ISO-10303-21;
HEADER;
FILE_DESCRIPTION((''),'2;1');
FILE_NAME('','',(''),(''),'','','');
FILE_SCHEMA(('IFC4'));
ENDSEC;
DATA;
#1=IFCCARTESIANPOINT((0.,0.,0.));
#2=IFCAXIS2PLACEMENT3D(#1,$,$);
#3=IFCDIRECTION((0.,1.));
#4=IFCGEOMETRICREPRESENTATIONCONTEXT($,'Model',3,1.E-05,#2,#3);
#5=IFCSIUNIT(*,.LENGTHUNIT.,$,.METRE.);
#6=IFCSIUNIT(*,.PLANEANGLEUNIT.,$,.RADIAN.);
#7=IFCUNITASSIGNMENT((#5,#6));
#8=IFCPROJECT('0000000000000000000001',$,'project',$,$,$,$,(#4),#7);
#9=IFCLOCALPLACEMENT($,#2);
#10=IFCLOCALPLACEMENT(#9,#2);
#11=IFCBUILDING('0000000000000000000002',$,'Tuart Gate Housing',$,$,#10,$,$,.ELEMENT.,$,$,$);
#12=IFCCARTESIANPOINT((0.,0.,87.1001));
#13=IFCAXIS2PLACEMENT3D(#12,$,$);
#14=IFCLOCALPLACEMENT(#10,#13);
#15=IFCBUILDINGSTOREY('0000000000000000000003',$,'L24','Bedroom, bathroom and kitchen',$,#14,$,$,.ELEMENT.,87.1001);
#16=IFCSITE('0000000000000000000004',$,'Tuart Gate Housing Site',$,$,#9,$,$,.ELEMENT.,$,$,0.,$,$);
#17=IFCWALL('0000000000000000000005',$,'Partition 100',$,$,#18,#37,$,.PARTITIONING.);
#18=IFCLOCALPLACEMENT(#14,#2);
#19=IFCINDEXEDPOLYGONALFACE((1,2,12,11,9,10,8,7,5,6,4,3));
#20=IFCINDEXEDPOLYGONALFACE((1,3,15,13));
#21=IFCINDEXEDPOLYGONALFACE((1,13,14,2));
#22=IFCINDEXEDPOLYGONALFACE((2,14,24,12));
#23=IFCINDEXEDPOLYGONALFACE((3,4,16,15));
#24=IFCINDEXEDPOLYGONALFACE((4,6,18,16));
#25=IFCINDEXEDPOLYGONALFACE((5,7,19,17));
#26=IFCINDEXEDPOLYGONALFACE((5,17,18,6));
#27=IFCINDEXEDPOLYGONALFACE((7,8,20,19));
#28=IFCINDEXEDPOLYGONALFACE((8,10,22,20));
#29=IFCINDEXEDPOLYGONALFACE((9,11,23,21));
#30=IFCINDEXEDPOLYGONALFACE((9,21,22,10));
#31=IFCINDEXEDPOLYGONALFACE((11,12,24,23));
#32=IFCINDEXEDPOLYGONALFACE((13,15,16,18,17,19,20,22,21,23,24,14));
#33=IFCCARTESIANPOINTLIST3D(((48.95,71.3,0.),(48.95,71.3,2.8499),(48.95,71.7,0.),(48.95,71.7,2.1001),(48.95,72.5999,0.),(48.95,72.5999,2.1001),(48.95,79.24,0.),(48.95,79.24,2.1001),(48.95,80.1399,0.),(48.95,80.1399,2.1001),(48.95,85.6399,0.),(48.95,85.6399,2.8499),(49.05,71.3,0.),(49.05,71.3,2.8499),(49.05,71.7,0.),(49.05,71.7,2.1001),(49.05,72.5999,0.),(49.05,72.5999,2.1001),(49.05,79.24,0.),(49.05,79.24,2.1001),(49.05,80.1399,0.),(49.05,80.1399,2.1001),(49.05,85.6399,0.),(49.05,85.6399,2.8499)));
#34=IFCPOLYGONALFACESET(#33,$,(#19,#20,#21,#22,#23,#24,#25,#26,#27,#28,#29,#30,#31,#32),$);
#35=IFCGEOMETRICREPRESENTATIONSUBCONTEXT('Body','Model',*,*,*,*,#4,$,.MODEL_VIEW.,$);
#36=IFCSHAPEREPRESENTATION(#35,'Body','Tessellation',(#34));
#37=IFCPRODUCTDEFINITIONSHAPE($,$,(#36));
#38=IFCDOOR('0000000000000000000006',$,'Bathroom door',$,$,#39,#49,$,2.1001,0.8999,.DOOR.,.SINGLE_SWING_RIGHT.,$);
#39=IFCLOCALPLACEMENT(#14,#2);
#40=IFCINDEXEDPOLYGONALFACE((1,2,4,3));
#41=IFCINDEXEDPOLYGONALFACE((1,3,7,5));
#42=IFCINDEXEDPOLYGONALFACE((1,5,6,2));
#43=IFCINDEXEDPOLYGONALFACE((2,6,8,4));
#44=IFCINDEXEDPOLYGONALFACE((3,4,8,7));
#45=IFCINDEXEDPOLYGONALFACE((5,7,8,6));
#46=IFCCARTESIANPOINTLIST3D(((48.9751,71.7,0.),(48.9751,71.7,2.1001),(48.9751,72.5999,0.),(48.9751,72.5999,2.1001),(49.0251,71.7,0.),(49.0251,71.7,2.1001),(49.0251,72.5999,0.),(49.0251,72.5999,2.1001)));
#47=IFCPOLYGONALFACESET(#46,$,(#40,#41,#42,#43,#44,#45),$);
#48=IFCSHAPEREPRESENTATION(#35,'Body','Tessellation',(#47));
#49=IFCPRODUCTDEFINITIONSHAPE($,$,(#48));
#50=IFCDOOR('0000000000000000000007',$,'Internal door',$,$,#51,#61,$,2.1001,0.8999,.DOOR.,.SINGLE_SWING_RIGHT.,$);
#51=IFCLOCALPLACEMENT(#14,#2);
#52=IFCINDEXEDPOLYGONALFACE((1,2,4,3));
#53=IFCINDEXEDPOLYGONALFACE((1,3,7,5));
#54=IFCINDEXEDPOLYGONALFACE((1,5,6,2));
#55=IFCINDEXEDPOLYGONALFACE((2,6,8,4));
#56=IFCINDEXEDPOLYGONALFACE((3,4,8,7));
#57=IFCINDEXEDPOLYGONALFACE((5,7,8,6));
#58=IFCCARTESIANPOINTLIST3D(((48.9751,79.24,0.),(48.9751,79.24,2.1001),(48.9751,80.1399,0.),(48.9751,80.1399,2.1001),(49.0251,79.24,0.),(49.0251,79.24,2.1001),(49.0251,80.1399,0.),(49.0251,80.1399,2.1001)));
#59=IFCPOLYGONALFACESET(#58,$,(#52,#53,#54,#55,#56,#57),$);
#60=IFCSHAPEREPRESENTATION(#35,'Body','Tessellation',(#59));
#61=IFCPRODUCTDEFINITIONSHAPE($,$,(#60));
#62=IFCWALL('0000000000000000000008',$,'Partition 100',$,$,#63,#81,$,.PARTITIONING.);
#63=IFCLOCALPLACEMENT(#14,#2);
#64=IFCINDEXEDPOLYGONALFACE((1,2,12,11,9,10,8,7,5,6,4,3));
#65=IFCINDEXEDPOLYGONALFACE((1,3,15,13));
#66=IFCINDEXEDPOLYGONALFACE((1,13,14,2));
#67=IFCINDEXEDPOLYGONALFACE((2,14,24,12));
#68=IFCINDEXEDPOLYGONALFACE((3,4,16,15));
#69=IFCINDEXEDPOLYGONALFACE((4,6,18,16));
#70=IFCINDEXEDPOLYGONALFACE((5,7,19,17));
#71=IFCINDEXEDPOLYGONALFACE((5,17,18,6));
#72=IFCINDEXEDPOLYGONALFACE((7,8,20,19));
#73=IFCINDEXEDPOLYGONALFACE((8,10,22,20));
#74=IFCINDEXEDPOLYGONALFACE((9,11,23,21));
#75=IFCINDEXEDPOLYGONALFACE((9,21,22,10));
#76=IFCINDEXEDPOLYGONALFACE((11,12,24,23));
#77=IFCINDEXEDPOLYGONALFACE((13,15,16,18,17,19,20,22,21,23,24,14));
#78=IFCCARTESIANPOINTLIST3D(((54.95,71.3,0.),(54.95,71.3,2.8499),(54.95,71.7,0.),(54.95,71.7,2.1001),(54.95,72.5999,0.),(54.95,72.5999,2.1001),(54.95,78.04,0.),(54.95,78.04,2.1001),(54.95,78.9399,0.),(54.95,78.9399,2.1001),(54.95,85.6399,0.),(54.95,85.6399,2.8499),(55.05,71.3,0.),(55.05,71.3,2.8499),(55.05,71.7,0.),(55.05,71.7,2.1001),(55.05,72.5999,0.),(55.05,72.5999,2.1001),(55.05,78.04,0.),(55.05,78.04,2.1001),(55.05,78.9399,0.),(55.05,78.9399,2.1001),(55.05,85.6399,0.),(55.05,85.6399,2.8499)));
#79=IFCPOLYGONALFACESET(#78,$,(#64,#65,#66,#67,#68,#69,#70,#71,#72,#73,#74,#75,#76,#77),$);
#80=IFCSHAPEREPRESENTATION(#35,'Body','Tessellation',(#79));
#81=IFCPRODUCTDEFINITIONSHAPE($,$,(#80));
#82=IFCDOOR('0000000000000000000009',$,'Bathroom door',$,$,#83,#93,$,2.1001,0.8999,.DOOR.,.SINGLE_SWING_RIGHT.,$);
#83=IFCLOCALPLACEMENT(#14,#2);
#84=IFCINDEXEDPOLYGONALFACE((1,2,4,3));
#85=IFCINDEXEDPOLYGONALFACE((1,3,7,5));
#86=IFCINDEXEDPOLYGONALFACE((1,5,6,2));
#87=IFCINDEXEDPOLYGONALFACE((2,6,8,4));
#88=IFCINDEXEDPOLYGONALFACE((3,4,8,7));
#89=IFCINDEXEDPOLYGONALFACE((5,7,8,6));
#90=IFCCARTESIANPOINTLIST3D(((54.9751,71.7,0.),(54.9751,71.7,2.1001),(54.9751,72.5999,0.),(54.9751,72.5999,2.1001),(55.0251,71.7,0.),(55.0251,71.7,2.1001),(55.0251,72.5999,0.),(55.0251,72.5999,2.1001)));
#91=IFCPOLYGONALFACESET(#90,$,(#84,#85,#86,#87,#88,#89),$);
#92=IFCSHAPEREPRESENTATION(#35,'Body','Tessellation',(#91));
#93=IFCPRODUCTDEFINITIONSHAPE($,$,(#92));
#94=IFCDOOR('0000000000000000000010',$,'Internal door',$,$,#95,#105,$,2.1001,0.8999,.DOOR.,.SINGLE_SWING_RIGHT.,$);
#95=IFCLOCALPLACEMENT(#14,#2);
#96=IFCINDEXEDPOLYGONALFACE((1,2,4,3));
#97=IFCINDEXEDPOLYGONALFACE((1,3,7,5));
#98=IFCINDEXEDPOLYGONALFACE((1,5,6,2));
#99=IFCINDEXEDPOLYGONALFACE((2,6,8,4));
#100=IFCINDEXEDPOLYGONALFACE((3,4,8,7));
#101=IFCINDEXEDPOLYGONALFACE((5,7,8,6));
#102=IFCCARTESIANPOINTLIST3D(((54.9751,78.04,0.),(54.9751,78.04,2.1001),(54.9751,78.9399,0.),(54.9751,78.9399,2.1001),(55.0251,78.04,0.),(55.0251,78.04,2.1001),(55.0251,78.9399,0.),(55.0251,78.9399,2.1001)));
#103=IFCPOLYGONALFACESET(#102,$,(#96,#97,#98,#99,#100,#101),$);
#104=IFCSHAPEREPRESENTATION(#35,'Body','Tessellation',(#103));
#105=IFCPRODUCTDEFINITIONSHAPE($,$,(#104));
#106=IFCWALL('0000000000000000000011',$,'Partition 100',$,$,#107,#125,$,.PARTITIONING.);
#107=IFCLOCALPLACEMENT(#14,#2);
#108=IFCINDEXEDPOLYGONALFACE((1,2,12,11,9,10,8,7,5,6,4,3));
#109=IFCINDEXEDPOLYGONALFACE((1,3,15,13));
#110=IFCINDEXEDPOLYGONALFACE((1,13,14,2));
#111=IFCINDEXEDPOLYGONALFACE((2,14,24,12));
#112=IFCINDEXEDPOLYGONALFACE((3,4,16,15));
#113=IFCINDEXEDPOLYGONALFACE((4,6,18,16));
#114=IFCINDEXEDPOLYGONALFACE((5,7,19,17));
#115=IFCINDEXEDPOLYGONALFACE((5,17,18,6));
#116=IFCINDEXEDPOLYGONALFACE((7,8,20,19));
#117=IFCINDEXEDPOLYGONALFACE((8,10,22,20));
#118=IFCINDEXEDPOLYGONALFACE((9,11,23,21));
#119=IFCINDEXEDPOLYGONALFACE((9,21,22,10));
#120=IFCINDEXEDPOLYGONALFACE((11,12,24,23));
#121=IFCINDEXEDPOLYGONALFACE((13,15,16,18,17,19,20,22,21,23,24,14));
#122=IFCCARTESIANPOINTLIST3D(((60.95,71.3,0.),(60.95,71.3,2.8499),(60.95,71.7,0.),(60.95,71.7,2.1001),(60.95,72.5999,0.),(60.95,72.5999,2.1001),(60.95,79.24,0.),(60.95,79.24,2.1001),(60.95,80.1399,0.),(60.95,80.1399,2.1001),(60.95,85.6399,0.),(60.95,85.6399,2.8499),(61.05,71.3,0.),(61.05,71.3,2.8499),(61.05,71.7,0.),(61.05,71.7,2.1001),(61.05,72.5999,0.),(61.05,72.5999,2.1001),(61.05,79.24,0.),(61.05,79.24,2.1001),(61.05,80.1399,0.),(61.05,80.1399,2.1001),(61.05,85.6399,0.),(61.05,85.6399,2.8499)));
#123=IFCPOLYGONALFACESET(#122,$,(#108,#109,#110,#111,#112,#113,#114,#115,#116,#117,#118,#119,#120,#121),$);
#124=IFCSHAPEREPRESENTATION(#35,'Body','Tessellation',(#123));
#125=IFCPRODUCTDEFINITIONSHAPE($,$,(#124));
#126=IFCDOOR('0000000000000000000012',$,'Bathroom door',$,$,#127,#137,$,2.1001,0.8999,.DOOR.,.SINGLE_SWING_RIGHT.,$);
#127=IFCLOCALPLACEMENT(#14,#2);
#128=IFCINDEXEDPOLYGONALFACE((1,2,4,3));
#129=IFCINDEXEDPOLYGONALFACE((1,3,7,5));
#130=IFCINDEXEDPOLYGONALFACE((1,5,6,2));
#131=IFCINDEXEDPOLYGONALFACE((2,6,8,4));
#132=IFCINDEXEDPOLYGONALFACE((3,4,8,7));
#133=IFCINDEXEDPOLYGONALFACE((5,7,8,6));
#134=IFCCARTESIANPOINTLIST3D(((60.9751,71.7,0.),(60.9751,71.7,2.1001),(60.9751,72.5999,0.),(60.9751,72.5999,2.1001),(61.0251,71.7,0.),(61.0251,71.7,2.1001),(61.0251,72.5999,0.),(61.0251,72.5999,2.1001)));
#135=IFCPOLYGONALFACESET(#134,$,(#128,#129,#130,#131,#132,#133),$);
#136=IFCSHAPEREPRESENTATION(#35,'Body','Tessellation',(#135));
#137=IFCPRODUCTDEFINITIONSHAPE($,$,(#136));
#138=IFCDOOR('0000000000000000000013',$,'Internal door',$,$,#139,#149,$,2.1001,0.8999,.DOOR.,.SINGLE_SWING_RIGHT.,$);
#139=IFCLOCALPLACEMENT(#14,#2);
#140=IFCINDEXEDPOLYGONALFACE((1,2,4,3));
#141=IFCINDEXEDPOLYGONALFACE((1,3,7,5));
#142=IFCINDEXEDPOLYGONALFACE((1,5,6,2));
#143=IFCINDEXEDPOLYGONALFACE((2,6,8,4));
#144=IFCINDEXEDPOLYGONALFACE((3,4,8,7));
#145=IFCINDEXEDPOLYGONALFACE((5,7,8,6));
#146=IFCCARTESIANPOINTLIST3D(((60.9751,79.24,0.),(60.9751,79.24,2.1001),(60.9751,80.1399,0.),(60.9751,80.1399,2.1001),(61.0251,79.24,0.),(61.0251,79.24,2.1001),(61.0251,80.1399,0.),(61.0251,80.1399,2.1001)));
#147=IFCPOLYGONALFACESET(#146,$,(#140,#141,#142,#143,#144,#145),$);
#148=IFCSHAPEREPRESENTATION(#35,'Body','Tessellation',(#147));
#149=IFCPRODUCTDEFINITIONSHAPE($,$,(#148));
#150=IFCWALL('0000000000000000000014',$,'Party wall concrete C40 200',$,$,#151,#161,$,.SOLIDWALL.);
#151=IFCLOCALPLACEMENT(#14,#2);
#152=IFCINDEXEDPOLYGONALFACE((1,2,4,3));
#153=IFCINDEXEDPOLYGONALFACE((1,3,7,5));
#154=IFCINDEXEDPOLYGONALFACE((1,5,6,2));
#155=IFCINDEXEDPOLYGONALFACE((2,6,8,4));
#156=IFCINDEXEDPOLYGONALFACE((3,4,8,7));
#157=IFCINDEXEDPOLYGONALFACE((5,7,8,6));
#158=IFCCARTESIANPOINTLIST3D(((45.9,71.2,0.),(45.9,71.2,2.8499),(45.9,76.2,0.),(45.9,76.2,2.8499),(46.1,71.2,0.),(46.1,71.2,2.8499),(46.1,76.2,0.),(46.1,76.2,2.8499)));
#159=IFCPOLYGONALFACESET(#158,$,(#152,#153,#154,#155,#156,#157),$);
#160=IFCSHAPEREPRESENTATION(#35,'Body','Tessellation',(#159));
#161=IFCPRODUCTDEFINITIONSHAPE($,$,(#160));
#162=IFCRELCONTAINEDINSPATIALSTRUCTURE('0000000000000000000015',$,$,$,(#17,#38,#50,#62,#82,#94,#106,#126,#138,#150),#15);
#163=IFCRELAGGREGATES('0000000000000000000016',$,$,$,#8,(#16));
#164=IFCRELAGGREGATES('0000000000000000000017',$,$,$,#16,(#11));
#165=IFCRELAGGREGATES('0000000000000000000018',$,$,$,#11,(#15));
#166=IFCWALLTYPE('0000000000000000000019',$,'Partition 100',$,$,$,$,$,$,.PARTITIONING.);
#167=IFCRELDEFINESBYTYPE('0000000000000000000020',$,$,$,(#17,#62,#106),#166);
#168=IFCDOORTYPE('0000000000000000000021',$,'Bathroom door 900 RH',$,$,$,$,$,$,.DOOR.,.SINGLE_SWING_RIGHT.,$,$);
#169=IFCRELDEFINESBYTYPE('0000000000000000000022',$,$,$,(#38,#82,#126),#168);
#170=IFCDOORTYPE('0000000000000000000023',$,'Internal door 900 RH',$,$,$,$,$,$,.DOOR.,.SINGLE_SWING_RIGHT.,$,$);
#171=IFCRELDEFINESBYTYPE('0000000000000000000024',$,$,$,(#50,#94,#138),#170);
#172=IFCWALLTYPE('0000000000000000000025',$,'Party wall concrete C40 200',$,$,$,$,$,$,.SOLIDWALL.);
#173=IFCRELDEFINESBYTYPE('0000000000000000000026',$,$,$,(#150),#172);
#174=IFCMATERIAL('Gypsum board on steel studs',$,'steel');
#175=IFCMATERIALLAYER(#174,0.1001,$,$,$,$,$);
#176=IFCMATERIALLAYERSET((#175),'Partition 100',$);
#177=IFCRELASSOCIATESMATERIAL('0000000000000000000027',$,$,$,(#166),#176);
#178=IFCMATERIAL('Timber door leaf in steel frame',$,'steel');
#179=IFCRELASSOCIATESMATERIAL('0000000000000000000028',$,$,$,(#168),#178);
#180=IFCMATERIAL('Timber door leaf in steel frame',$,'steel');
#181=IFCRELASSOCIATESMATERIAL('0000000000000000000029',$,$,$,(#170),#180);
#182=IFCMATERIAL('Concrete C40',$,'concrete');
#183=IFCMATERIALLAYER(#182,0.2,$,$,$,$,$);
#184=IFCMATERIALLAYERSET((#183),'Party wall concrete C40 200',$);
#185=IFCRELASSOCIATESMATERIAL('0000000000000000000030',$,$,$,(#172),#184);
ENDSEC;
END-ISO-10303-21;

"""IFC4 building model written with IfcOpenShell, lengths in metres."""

from ifc_helpers import new_model, si_unit, direction, frame, frame_2d, origin, place, context, subcontext, project, spatial, rectangle, extrude, material, layer, layer_set, type_object, element, fill, save


model = new_model("IFC4")

# Units and contexts
model_context = context("Model", 3, precision=1e-05, world=origin(), true_north=direction((0.0, 1.0)))
body_context = subcontext(model_context, "Body", "Model", "MODEL_VIEW")
ifc_project = project(units=[si_unit("LENGTHUNIT", "METRE"), si_unit("PLANEANGLEUNIT", "RADIAN")], contexts=[model_context])

# Site, building, storey
site_placement = place(None, origin())
site = spatial("IfcSite", under=ifc_project, at=site_placement, Name="Tuart Gate Housing Site", CompositionType="ELEMENT", RefElevation=0.0)
building_placement = place(site_placement, origin())
building = spatial("IfcBuilding", under=site, at=building_placement, Name="Tuart Gate Housing", CompositionType="ELEMENT")
storey_placement = place(building_placement, frame((0.0, 0.0, 87.1001)))
storey = spatial("IfcBuildingStorey", under=building, at=storey_placement, Name="L24", Description="Bedroom, bathroom and kitchen", CompositionType="ELEMENT", Elevation=87.1001)

# Shared definitions
ifc_material_1 = material(Name="Gypsum board on steel studs", Category="steel")
ifc_layer_1 = layer(ifc_material_1, 0.1001)
ifc_layer_set_1 = layer_set([ifc_layer_1], Name="Partition 100")
wall_type_1 = type_object("IfcWallType", Name="Partition 100", PredefinedType="PARTITIONING", material=ifc_layer_set_1)

# Walls, openings, doors
wall_1_placement = place(storey_placement, frame((49.0, 71.3, 0.0), z_axis=(0.0, 0.0, 1.0), x_axis=(0.0, 1.0, 0.0)))
wall_1 = element("IfcWall", 1, at=wall_1_placement, inside=storey, type_object=wall_type_1, Name="Partition 100", PredefinedType="PARTITIONING", context=body_context, shape_type="SweptSolid", body=[
    extrude(rectangle(XDim=14.3398, YDim=0.1001, at=frame_2d((7.1699, 0.0))), origin(), (0.0, 0.0, 1.0), 2.8499),
])
opening_1_placement = place(wall_1_placement, frame((7.9399, 0.0, 0.0)))
opening_1 = element("IfcOpeningElement", 2, at=opening_1_placement, cuts=wall_1, PredefinedType="OPENING", context=body_context, shape_type="SweptSolid", body=[
    extrude(rectangle(XDim=0.8999, YDim=2.1001, at=frame_2d((0.45, 1.05))), frame((0.0, 0.0601, 0.0), z_axis=(0.0, -1.0, 0.0), x_axis=(1.0, 0.0, 0.0)), (0.0, 0.0, 1.0), 0.1201),
])
opening_2_placement = place(wall_1_placement, frame((0.3999, 0.0, 0.0)))
opening_2 = element("IfcOpeningElement", 3, at=opening_2_placement, cuts=wall_1, PredefinedType="OPENING", context=body_context, shape_type="SweptSolid", body=[
    extrude(rectangle(XDim=0.8999, YDim=2.1001, at=frame_2d((0.45, 1.05))), frame((0.0, 0.0601, 0.0), z_axis=(0.0, -1.0, 0.0), x_axis=(1.0, 0.0, 0.0)), (0.0, 0.0, 1.0), 0.1201),
])
ifc_material_2 = material(Name="Timber door leaf in steel frame", Category="steel")
door_type_1 = type_object("IfcDoorType", Name="Bathroom door 900 RH", OperationType="SINGLE_SWING_RIGHT", PredefinedType="DOOR", material=ifc_material_2)
door_1_placement = place(opening_2_placement, frame((0.8999, 0.0, 0.0), z_axis=(0.0, 0.0, 1.0), x_axis=(-1.0, 0.0, 0.0)))
door_1 = element("IfcDoor", 4, at=door_1_placement, inside=storey, type_object=door_type_1, Name="Bathroom door", OperationType="SINGLE_SWING_RIGHT", OverallHeight=2.1001, OverallWidth=0.8999, PredefinedType="DOOR", context=body_context, shape_type="SweptSolid", body=[
    extrude(rectangle(XDim=0.8999, YDim=2.1001, at=frame_2d((0.45, 1.05))), frame((0.0, 0.0251, 0.0), z_axis=(0.0, -1.0, 0.0), x_axis=(1.0, 0.0, 0.0)), (0.0, 0.0, 1.0), 0.05),
])
fill(opening_2, door_1)
ifc_material_3 = material(Name="Timber door leaf in steel frame", Category="steel")
door_type_2 = type_object("IfcDoorType", Name="Internal door 900 RH", OperationType="SINGLE_SWING_RIGHT", PredefinedType="DOOR", material=ifc_material_3)
door_2_placement = place(opening_1_placement, frame((0.8999, 0.0, 0.0), z_axis=(0.0, 0.0, 1.0), x_axis=(-1.0, 0.0, 0.0)))
door_2 = element("IfcDoor", 5, at=door_2_placement, inside=storey, type_object=door_type_2, Name="Internal door", OperationType="SINGLE_SWING_RIGHT", OverallHeight=2.1001, OverallWidth=0.8999, PredefinedType="DOOR", context=body_context, shape_type="SweptSolid", body=[
    extrude(rectangle(XDim=0.8999, YDim=2.1001, at=frame_2d((0.45, 1.05))), frame((0.0, 0.0251, 0.0), z_axis=(0.0, -1.0, 0.0), x_axis=(1.0, 0.0, 0.0)), (0.0, 0.0, 1.0), 0.05),
])
fill(opening_1, door_2)
wall_2_placement = place(storey_placement, frame((55.0, 71.3, 0.0), z_axis=(0.0, 0.0, 1.0), x_axis=(0.0, 1.0, 0.0)))
wall_2 = element("IfcWall", 6, at=wall_2_placement, inside=storey, type_object=wall_type_1, Name="Partition 100", PredefinedType="PARTITIONING", context=body_context, shape_type="SweptSolid", body=[
    extrude(rectangle(XDim=14.3398, YDim=0.1001, at=frame_2d((7.1699, 0.0))), origin(), (0.0, 0.0, 1.0), 2.8499),
])
opening_3_placement = place(wall_2_placement, frame((6.74, 0.0, 0.0)))
opening_3 = element("IfcOpeningElement", 7, at=opening_3_placement, cuts=wall_2, PredefinedType="OPENING", context=body_context, shape_type="SweptSolid", body=[
    extrude(rectangle(XDim=0.8999, YDim=2.1001, at=frame_2d((0.45, 1.05))), frame((0.0, 0.0601, 0.0), z_axis=(0.0, -1.0, 0.0), x_axis=(1.0, 0.0, 0.0)), (0.0, 0.0, 1.0), 0.1201),
])
opening_4_placement = place(wall_2_placement, frame((0.3999, 0.0, 0.0)))
opening_4 = element("IfcOpeningElement", 8, at=opening_4_placement, cuts=wall_2, PredefinedType="OPENING", context=body_context, shape_type="SweptSolid", body=[
    extrude(rectangle(XDim=0.8999, YDim=2.1001, at=frame_2d((0.45, 1.05))), frame((0.0, 0.0601, 0.0), z_axis=(0.0, -1.0, 0.0), x_axis=(1.0, 0.0, 0.0)), (0.0, 0.0, 1.0), 0.1201),
])
door_3_placement = place(opening_4_placement, frame((0.8999, 0.0, 0.0), z_axis=(0.0, 0.0, 1.0), x_axis=(-1.0, 0.0, 0.0)))
door_3 = element("IfcDoor", 9, at=door_3_placement, inside=storey, type_object=door_type_1, Name="Bathroom door", OperationType="SINGLE_SWING_RIGHT", OverallHeight=2.1001, OverallWidth=0.8999, PredefinedType="DOOR", context=body_context, shape_type="SweptSolid", body=[
    extrude(rectangle(XDim=0.8999, YDim=2.1001, at=frame_2d((0.45, 1.05))), frame((0.0, 0.0251, 0.0), z_axis=(0.0, -1.0, 0.0), x_axis=(1.0, 0.0, 0.0)), (0.0, 0.0, 1.0), 0.05),
])
fill(opening_4, door_3)
door_4_placement = place(opening_3_placement, frame((0.8999, 0.0, 0.0), z_axis=(0.0, 0.0, 1.0), x_axis=(-1.0, 0.0, 0.0)))
door_4 = element("IfcDoor", 10, at=door_4_placement, inside=storey, type_object=door_type_2, Name="Internal door", OperationType="SINGLE_SWING_RIGHT", OverallHeight=2.1001, OverallWidth=0.8999, PredefinedType="DOOR", context=body_context, shape_type="SweptSolid", body=[
    extrude(rectangle(XDim=0.8999, YDim=2.1001, at=frame_2d((0.45, 1.05))), frame((0.0, 0.0251, 0.0), z_axis=(0.0, -1.0, 0.0), x_axis=(1.0, 0.0, 0.0)), (0.0, 0.0, 1.0), 0.05),
])
fill(opening_3, door_4)
wall_3_placement = place(storey_placement, frame((61.0, 71.3, 0.0), z_axis=(0.0, 0.0, 1.0), x_axis=(0.0, 1.0, 0.0)))
wall_3 = element("IfcWall", 11, at=wall_3_placement, inside=storey, type_object=wall_type_1, Name="Partition 100", PredefinedType="PARTITIONING", context=body_context, shape_type="SweptSolid", body=[
    extrude(rectangle(XDim=14.3398, YDim=0.1001, at=frame_2d((7.1699, 0.0))), origin(), (0.0, 0.0, 1.0), 2.8499),
])
opening_5_placement = place(wall_3_placement, frame((7.9399, 0.0, 0.0)))
opening_5 = element("IfcOpeningElement", 12, at=opening_5_placement, cuts=wall_3, PredefinedType="OPENING", context=body_context, shape_type="SweptSolid", body=[
    extrude(rectangle(XDim=0.8999, YDim=2.1001, at=frame_2d((0.45, 1.05))), frame((0.0, 0.0601, 0.0), z_axis=(0.0, -1.0, 0.0), x_axis=(1.0, 0.0, 0.0)), (0.0, 0.0, 1.0), 0.1201),
])
opening_6_placement = place(wall_3_placement, frame((0.3999, 0.0, 0.0)))
opening_6 = element("IfcOpeningElement", 13, at=opening_6_placement, cuts=wall_3, PredefinedType="OPENING", context=body_context, shape_type="SweptSolid", body=[
    extrude(rectangle(XDim=0.8999, YDim=2.1001, at=frame_2d((0.45, 1.05))), frame((0.0, 0.0601, 0.0), z_axis=(0.0, -1.0, 0.0), x_axis=(1.0, 0.0, 0.0)), (0.0, 0.0, 1.0), 0.1201),
])
door_5_placement = place(opening_6_placement, frame((0.8999, 0.0, 0.0), z_axis=(0.0, 0.0, 1.0), x_axis=(-1.0, 0.0, 0.0)))
door_5 = element("IfcDoor", 14, at=door_5_placement, inside=storey, type_object=door_type_1, Name="Bathroom door", OperationType="SINGLE_SWING_RIGHT", OverallHeight=2.1001, OverallWidth=0.8999, PredefinedType="DOOR", context=body_context, shape_type="SweptSolid", body=[
    extrude(rectangle(XDim=0.8999, YDim=2.1001, at=frame_2d((0.45, 1.05))), frame((0.0, 0.0251, 0.0), z_axis=(0.0, -1.0, 0.0), x_axis=(1.0, 0.0, 0.0)), (0.0, 0.0, 1.0), 0.05),
])
fill(opening_6, door_5)
door_6_placement = place(opening_5_placement, frame((0.8999, 0.0, 0.0), z_axis=(0.0, 0.0, 1.0), x_axis=(-1.0, 0.0, 0.0)))
door_6 = element("IfcDoor", 15, at=door_6_placement, inside=storey, type_object=door_type_2, Name="Internal door", OperationType="SINGLE_SWING_RIGHT", OverallHeight=2.1001, OverallWidth=0.8999, PredefinedType="DOOR", context=body_context, shape_type="SweptSolid", body=[
    extrude(rectangle(XDim=0.8999, YDim=2.1001, at=frame_2d((0.45, 1.05))), frame((0.0, 0.0251, 0.0), z_axis=(0.0, -1.0, 0.0), x_axis=(1.0, 0.0, 0.0)), (0.0, 0.0, 1.0), 0.05),
])
fill(opening_5, door_6)

# Wall
ifc_material_4 = material(Name="Concrete C40", Category="concrete")
ifc_layer_2 = layer(ifc_material_4, 0.2)
ifc_layer_set_2 = layer_set([ifc_layer_2], Name="Party wall concrete C40 200")
wall_type_2 = type_object("IfcWallType", Name="Party wall concrete C40 200", PredefinedType="SOLIDWALL", material=ifc_layer_set_2)
wall_4_placement = place(storey_placement, frame((46.0, 71.2, 0.0), z_axis=(0.0, 0.0, 1.0), x_axis=(0.0, 1.0, 0.0)))
element("IfcWall", 16, at=wall_4_placement, inside=storey, type_object=wall_type_2, Name="Party wall concrete C40 200", PredefinedType="SOLIDWALL", context=body_context, shape_type="SweptSolid", body=[
    extrude(rectangle(XDim=5.0, YDim=0.2, at=frame_2d((2.5, 0.0))), origin(), (0.0, 0.0, 1.0), 2.8499),
])

save(model, "model.ifc")
